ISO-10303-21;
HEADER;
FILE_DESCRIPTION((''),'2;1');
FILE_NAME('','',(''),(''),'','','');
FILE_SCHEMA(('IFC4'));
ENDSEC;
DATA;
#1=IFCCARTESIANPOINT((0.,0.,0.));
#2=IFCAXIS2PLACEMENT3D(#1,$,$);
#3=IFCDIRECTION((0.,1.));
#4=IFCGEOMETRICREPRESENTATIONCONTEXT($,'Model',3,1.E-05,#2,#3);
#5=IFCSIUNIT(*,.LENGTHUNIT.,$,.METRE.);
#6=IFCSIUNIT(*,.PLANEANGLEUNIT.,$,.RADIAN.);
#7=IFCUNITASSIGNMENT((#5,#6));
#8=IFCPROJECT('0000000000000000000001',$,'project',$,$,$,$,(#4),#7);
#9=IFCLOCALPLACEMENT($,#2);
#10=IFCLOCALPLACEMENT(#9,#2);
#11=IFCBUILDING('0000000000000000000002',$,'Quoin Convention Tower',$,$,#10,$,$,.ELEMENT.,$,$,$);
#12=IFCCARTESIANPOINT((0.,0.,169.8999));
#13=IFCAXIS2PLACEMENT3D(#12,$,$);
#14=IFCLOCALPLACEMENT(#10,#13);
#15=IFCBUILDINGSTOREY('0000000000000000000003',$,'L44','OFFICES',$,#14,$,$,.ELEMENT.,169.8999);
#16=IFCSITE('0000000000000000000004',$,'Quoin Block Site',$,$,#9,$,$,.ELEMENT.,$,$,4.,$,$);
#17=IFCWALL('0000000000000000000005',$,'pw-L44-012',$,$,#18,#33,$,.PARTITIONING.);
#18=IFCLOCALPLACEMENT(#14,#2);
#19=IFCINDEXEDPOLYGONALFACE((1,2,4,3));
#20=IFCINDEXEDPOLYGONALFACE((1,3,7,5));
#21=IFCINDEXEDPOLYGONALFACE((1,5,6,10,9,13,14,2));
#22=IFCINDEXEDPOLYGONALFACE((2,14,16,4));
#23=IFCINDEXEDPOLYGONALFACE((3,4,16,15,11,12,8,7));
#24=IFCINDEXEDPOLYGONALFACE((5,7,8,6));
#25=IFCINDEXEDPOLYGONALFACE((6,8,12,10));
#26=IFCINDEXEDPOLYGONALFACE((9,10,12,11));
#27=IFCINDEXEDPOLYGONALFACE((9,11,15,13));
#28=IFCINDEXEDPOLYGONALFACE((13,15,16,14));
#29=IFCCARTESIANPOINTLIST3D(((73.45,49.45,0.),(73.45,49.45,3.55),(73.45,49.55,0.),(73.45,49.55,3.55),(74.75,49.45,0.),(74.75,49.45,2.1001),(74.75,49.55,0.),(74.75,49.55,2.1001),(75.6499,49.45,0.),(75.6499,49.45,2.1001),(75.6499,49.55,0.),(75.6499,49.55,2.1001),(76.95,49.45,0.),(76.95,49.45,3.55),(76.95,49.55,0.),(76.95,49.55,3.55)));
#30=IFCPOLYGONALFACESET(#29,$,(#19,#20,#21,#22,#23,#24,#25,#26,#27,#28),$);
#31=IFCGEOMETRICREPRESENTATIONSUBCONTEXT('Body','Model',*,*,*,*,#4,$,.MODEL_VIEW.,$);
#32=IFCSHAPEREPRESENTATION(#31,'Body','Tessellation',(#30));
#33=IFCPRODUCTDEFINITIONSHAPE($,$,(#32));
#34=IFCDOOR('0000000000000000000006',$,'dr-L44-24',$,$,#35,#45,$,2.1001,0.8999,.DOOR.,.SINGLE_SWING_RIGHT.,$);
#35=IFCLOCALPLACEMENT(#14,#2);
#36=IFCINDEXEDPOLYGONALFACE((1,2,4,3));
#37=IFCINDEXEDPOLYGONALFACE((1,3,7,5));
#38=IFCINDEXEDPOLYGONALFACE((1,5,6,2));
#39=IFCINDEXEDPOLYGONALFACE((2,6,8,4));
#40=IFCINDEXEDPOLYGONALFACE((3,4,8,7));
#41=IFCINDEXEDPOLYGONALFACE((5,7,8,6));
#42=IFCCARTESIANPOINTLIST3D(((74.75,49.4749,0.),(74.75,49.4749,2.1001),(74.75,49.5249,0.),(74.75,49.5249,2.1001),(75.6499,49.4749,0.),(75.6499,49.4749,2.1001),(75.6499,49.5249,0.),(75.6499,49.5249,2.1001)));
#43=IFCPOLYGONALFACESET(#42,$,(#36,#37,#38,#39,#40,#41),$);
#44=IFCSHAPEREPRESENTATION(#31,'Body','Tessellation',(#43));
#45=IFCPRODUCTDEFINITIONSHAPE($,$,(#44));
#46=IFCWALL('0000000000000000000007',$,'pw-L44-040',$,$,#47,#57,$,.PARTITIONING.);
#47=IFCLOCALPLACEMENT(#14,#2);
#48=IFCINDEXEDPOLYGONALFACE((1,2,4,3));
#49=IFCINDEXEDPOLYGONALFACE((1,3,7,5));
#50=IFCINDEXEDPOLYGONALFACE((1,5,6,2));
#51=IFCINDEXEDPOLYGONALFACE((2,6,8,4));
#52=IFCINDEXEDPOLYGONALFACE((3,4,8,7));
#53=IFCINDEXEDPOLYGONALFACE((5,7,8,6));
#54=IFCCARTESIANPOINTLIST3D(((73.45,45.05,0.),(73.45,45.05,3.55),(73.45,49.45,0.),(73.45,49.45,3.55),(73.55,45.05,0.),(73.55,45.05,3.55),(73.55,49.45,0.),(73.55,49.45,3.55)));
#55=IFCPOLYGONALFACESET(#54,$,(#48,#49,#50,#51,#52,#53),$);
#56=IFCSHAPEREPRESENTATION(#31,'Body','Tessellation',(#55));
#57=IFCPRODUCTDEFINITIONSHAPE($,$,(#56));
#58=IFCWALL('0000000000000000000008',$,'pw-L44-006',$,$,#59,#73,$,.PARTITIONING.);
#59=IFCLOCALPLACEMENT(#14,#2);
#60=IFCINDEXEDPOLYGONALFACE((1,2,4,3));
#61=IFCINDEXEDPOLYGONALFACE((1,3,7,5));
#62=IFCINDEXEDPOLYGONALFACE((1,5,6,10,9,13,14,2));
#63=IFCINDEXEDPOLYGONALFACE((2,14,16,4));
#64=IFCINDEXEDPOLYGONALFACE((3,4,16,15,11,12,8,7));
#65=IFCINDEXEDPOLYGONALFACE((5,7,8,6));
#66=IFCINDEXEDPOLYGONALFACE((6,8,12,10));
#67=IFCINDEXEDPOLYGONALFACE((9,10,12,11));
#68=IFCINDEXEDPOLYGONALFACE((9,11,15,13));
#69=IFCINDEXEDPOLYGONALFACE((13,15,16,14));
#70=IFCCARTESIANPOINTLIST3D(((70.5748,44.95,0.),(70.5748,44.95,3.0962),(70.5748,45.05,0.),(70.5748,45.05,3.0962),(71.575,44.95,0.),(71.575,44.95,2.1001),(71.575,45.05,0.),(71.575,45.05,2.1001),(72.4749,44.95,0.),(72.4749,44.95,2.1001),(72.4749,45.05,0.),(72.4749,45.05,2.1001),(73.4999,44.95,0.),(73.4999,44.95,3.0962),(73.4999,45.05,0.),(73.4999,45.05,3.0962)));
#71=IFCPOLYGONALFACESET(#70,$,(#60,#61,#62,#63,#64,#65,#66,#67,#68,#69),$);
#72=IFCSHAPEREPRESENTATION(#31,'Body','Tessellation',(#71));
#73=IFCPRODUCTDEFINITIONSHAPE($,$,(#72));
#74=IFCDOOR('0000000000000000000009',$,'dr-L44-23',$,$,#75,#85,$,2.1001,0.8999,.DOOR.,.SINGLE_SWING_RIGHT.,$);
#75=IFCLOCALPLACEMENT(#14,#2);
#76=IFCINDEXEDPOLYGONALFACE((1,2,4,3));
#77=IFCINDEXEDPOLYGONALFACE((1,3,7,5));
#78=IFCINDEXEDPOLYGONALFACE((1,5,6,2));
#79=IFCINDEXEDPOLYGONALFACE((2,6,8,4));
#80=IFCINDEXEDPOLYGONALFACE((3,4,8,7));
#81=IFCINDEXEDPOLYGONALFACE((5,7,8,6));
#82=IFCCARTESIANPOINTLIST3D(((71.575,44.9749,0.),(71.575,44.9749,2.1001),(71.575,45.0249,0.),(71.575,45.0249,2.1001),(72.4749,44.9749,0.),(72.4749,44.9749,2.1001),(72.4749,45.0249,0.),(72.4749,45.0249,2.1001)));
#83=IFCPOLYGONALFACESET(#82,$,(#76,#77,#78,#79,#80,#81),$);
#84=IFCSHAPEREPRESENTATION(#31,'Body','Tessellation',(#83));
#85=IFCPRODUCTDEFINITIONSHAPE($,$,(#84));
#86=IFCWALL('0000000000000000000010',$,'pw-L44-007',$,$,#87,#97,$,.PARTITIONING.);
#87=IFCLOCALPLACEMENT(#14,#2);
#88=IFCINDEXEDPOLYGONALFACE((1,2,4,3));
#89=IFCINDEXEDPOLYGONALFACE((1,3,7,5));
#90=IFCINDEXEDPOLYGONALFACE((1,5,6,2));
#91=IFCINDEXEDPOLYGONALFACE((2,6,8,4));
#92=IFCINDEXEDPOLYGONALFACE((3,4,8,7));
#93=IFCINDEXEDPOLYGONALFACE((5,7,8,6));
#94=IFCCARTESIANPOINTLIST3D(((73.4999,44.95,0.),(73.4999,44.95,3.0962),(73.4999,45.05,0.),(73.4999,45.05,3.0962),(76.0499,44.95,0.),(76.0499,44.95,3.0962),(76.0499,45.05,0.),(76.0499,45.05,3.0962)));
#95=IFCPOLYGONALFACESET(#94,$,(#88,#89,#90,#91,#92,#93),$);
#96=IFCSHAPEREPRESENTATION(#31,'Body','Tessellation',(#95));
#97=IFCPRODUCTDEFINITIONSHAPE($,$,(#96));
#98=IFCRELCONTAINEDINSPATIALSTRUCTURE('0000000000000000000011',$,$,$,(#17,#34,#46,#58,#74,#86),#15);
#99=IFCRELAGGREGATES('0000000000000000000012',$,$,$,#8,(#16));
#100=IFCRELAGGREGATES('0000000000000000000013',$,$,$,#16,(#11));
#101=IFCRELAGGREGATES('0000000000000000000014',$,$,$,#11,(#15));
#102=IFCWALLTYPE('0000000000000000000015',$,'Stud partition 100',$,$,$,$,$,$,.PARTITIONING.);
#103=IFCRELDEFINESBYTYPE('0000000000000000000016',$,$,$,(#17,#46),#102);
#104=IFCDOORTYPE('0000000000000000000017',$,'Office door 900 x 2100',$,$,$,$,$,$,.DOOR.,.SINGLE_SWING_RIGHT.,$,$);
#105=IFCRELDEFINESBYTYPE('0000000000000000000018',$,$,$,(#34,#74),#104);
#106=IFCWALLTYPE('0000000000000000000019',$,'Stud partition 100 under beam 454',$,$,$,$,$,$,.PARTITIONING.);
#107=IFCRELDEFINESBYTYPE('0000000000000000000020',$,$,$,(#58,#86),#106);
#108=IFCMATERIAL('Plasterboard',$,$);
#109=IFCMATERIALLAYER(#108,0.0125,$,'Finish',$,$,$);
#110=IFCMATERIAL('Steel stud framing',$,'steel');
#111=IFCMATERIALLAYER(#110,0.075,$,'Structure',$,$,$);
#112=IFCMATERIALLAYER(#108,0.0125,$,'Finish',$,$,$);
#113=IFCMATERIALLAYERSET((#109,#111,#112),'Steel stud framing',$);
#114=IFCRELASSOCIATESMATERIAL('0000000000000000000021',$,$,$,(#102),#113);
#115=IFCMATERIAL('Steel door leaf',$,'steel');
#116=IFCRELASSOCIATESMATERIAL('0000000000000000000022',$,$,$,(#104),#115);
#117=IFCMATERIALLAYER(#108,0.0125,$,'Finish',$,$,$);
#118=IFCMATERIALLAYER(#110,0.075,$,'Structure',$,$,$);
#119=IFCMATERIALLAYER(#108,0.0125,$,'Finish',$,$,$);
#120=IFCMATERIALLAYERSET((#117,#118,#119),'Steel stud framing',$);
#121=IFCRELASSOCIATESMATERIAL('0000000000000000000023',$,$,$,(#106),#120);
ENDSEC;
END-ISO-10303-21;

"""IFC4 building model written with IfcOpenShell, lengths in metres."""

from ifc_helpers import new_model, si_unit, direction, frame, frame_2d, origin, place, context, subcontext, project, spatial, rectangle, extrude, material, layer, layer_set, type_object, element, fill, save


model = new_model("IFC4")

# Units and contexts
model_context = context("Model", 3, precision=1e-05, world=origin(), true_north=direction((0.0, 1.0)))
body_context = subcontext(model_context, "Body", "Model", "MODEL_VIEW")
ifc_project = project(units=[si_unit("LENGTHUNIT", "METRE"), si_unit("PLANEANGLEUNIT", "RADIAN")], contexts=[model_context])

# Site, building, storey
site_placement = place(None, origin())
site = spatial("IfcSite", under=ifc_project, at=site_placement, Name="Quoin Block Site", CompositionType="ELEMENT", RefElevation=4.0)
building_placement = place(site_placement, origin())
building = spatial("IfcBuilding", under=site, at=building_placement, Name="Quoin Convention Tower", CompositionType="ELEMENT")
storey_placement = place(building_placement, frame((0.0, 0.0, 169.8999)))
storey = spatial("IfcBuildingStorey", under=building, at=storey_placement, Name="L44", Description="OFFICES", CompositionType="ELEMENT", Elevation=169.8999)

# Shared definitions
ifc_material_1 = material(Name="Plasterboard")
ifc_material_2 = material(Name="Steel stud framing", Category="steel")

# Wall, opening, door
ifc_material_3 = material(Name="Steel door leaf", Category="steel")
ifc_layer_1 = layer(ifc_material_1, 0.0125, Name="Finish")
ifc_layer_2 = layer(ifc_material_2, 0.075, Name="Structure")
ifc_layer_3 = layer(ifc_material_1, 0.0125, Name="Finish")
ifc_layer_set_1 = layer_set([ifc_layer_1, ifc_layer_2, ifc_layer_3], Name="Steel stud framing")
wall_type_1 = type_object("IfcWallType", Name="Stud partition 100", PredefinedType="PARTITIONING", material=ifc_layer_set_1)
wall_1_placement = place(storey_placement, frame((73.45, 49.5, 0.0), z_axis=(0.0, 0.0, 1.0), x_axis=(1.0, 0.0, 0.0)))
wall_1 = element("IfcWall", 1, at=wall_1_placement, inside=storey, type_object=wall_type_1, Name="pw-L44-012", PredefinedType="PARTITIONING", context=body_context, shape_type="SweptSolid", body=[
    extrude(rectangle(XDim=3.5, YDim=0.1001, at=frame_2d((1.75, 0.0))), origin(), (0.0, 0.0, 1.0), 3.55),
])
opening_1_placement = place(wall_1_placement, frame((1.3, 0.0, 0.0)))
opening_1 = element("IfcOpeningElement", 2, at=opening_1_placement, cuts=wall_1, PredefinedType="OPENING", context=body_context, shape_type="SweptSolid", body=[
    extrude(rectangle(XDim=0.8999, YDim=2.1001, at=frame_2d((0.45, 1.05))), frame((0.0, 0.0601, 0.0), z_axis=(0.0, -1.0, 0.0), x_axis=(1.0, 0.0, 0.0)), (0.0, 0.0, 1.0), 0.1201),
])
door_type_1 = type_object("IfcDoorType", Name="Office door 900 x 2100", OperationType="SINGLE_SWING_RIGHT", PredefinedType="DOOR", material=ifc_material_3)
door_1_placement = place(opening_1_placement, origin())
door_1 = element("IfcDoor", 3, at=door_1_placement, inside=storey, type_object=door_type_1, Name="dr-L44-24", OperationType="SINGLE_SWING_RIGHT", OverallHeight=2.1001, OverallWidth=0.8999, PredefinedType="DOOR", context=body_context, shape_type="SweptSolid", body=[
    extrude(rectangle(XDim=0.8999, YDim=2.1001, at=frame_2d((0.45, 1.05))), frame((0.0, 0.0249, 0.0), z_axis=(0.0, -1.0, 0.0), x_axis=(1.0, 0.0, 0.0)), (0.0, 0.0, 1.0), 0.05),
])
fill(opening_1, door_1)

# Wall
wall_2_placement = place(storey_placement, frame((73.5, 45.05, 0.0), z_axis=(0.0, 0.0, 1.0), x_axis=(0.0, 1.0, 0.0)))
element("IfcWall", 4, at=wall_2_placement, inside=storey, type_object=wall_type_1, Name="pw-L44-040", PredefinedType="PARTITIONING", context=body_context, shape_type="SweptSolid", body=[
    extrude(rectangle(XDim=4.3999, YDim=0.1001, at=frame_2d((2.2, 0.0))), origin(), (0.0, 0.0, 1.0), 3.55),
])

# Wall, opening, door
ifc_layer_4 = layer(ifc_material_1, 0.0125, Name="Finish")
ifc_layer_5 = layer(ifc_material_2, 0.075, Name="Structure")
ifc_layer_6 = layer(ifc_material_1, 0.0125, Name="Finish")
ifc_layer_set_2 = layer_set([ifc_layer_4, ifc_layer_5, ifc_layer_6], Name="Steel stud framing")
wall_type_2 = type_object("IfcWallType", Name="Stud partition 100 under beam 454", PredefinedType="PARTITIONING", material=ifc_layer_set_2)
wall_3_placement = place(storey_placement, frame((70.575, 45.0, 0.0), z_axis=(0.0, 0.0, 1.0), x_axis=(1.0, 0.0, 0.0)))
wall_3 = element("IfcWall", 5, at=wall_3_placement, inside=storey, type_object=wall_type_2, Name="pw-L44-006", PredefinedType="PARTITIONING", context=body_context, shape_type="SweptSolid", body=[
    extrude(rectangle(XDim=2.925, YDim=0.1001, at=frame_2d((1.4624, 0.0))), origin(), (0.0, 0.0, 1.0), 3.0962),
])
opening_2_placement = place(wall_3_placement, frame((1.0, 0.0, 0.0)))
opening_2 = element("IfcOpeningElement", 6, at=opening_2_placement, cuts=wall_3, PredefinedType="OPENING", context=body_context, shape_type="SweptSolid", body=[
    extrude(rectangle(XDim=0.8999, YDim=2.1001, at=frame_2d((0.45, 1.05))), frame((0.0, 0.0601, 0.0), z_axis=(0.0, -1.0, 0.0), x_axis=(1.0, 0.0, 0.0)), (0.0, 0.0, 1.0), 0.1201),
])
door_2_placement = place(opening_2_placement, origin())
door_2 = element("IfcDoor", 7, at=door_2_placement, inside=storey, type_object=door_type_1, Name="dr-L44-23", OperationType="SINGLE_SWING_RIGHT", OverallHeight=2.1001, OverallWidth=0.8999, PredefinedType="DOOR", context=body_context, shape_type="SweptSolid", body=[
    extrude(rectangle(XDim=0.8999, YDim=2.1001, at=frame_2d((0.45, 1.05))), frame((0.0, 0.0249, 0.0), z_axis=(0.0, -1.0, 0.0), x_axis=(1.0, 0.0, 0.0)), (0.0, 0.0, 1.0), 0.05),
])
fill(opening_2, door_2)

# Wall
wall_4_placement = place(storey_placement, frame((73.5, 45.0, 0.0), z_axis=(0.0, 0.0, 1.0), x_axis=(1.0, 0.0, 0.0)))
element("IfcWall", 8, at=wall_4_placement, inside=storey, type_object=wall_type_2, Name="pw-L44-007", PredefinedType="PARTITIONING", context=body_context, shape_type="SweptSolid", body=[
    extrude(rectangle(XDim=2.55, YDim=0.1001, at=frame_2d((1.2749, 0.0))), origin(), (0.0, 0.0, 1.0), 3.0962),
])

save(model, "model.ifc")
